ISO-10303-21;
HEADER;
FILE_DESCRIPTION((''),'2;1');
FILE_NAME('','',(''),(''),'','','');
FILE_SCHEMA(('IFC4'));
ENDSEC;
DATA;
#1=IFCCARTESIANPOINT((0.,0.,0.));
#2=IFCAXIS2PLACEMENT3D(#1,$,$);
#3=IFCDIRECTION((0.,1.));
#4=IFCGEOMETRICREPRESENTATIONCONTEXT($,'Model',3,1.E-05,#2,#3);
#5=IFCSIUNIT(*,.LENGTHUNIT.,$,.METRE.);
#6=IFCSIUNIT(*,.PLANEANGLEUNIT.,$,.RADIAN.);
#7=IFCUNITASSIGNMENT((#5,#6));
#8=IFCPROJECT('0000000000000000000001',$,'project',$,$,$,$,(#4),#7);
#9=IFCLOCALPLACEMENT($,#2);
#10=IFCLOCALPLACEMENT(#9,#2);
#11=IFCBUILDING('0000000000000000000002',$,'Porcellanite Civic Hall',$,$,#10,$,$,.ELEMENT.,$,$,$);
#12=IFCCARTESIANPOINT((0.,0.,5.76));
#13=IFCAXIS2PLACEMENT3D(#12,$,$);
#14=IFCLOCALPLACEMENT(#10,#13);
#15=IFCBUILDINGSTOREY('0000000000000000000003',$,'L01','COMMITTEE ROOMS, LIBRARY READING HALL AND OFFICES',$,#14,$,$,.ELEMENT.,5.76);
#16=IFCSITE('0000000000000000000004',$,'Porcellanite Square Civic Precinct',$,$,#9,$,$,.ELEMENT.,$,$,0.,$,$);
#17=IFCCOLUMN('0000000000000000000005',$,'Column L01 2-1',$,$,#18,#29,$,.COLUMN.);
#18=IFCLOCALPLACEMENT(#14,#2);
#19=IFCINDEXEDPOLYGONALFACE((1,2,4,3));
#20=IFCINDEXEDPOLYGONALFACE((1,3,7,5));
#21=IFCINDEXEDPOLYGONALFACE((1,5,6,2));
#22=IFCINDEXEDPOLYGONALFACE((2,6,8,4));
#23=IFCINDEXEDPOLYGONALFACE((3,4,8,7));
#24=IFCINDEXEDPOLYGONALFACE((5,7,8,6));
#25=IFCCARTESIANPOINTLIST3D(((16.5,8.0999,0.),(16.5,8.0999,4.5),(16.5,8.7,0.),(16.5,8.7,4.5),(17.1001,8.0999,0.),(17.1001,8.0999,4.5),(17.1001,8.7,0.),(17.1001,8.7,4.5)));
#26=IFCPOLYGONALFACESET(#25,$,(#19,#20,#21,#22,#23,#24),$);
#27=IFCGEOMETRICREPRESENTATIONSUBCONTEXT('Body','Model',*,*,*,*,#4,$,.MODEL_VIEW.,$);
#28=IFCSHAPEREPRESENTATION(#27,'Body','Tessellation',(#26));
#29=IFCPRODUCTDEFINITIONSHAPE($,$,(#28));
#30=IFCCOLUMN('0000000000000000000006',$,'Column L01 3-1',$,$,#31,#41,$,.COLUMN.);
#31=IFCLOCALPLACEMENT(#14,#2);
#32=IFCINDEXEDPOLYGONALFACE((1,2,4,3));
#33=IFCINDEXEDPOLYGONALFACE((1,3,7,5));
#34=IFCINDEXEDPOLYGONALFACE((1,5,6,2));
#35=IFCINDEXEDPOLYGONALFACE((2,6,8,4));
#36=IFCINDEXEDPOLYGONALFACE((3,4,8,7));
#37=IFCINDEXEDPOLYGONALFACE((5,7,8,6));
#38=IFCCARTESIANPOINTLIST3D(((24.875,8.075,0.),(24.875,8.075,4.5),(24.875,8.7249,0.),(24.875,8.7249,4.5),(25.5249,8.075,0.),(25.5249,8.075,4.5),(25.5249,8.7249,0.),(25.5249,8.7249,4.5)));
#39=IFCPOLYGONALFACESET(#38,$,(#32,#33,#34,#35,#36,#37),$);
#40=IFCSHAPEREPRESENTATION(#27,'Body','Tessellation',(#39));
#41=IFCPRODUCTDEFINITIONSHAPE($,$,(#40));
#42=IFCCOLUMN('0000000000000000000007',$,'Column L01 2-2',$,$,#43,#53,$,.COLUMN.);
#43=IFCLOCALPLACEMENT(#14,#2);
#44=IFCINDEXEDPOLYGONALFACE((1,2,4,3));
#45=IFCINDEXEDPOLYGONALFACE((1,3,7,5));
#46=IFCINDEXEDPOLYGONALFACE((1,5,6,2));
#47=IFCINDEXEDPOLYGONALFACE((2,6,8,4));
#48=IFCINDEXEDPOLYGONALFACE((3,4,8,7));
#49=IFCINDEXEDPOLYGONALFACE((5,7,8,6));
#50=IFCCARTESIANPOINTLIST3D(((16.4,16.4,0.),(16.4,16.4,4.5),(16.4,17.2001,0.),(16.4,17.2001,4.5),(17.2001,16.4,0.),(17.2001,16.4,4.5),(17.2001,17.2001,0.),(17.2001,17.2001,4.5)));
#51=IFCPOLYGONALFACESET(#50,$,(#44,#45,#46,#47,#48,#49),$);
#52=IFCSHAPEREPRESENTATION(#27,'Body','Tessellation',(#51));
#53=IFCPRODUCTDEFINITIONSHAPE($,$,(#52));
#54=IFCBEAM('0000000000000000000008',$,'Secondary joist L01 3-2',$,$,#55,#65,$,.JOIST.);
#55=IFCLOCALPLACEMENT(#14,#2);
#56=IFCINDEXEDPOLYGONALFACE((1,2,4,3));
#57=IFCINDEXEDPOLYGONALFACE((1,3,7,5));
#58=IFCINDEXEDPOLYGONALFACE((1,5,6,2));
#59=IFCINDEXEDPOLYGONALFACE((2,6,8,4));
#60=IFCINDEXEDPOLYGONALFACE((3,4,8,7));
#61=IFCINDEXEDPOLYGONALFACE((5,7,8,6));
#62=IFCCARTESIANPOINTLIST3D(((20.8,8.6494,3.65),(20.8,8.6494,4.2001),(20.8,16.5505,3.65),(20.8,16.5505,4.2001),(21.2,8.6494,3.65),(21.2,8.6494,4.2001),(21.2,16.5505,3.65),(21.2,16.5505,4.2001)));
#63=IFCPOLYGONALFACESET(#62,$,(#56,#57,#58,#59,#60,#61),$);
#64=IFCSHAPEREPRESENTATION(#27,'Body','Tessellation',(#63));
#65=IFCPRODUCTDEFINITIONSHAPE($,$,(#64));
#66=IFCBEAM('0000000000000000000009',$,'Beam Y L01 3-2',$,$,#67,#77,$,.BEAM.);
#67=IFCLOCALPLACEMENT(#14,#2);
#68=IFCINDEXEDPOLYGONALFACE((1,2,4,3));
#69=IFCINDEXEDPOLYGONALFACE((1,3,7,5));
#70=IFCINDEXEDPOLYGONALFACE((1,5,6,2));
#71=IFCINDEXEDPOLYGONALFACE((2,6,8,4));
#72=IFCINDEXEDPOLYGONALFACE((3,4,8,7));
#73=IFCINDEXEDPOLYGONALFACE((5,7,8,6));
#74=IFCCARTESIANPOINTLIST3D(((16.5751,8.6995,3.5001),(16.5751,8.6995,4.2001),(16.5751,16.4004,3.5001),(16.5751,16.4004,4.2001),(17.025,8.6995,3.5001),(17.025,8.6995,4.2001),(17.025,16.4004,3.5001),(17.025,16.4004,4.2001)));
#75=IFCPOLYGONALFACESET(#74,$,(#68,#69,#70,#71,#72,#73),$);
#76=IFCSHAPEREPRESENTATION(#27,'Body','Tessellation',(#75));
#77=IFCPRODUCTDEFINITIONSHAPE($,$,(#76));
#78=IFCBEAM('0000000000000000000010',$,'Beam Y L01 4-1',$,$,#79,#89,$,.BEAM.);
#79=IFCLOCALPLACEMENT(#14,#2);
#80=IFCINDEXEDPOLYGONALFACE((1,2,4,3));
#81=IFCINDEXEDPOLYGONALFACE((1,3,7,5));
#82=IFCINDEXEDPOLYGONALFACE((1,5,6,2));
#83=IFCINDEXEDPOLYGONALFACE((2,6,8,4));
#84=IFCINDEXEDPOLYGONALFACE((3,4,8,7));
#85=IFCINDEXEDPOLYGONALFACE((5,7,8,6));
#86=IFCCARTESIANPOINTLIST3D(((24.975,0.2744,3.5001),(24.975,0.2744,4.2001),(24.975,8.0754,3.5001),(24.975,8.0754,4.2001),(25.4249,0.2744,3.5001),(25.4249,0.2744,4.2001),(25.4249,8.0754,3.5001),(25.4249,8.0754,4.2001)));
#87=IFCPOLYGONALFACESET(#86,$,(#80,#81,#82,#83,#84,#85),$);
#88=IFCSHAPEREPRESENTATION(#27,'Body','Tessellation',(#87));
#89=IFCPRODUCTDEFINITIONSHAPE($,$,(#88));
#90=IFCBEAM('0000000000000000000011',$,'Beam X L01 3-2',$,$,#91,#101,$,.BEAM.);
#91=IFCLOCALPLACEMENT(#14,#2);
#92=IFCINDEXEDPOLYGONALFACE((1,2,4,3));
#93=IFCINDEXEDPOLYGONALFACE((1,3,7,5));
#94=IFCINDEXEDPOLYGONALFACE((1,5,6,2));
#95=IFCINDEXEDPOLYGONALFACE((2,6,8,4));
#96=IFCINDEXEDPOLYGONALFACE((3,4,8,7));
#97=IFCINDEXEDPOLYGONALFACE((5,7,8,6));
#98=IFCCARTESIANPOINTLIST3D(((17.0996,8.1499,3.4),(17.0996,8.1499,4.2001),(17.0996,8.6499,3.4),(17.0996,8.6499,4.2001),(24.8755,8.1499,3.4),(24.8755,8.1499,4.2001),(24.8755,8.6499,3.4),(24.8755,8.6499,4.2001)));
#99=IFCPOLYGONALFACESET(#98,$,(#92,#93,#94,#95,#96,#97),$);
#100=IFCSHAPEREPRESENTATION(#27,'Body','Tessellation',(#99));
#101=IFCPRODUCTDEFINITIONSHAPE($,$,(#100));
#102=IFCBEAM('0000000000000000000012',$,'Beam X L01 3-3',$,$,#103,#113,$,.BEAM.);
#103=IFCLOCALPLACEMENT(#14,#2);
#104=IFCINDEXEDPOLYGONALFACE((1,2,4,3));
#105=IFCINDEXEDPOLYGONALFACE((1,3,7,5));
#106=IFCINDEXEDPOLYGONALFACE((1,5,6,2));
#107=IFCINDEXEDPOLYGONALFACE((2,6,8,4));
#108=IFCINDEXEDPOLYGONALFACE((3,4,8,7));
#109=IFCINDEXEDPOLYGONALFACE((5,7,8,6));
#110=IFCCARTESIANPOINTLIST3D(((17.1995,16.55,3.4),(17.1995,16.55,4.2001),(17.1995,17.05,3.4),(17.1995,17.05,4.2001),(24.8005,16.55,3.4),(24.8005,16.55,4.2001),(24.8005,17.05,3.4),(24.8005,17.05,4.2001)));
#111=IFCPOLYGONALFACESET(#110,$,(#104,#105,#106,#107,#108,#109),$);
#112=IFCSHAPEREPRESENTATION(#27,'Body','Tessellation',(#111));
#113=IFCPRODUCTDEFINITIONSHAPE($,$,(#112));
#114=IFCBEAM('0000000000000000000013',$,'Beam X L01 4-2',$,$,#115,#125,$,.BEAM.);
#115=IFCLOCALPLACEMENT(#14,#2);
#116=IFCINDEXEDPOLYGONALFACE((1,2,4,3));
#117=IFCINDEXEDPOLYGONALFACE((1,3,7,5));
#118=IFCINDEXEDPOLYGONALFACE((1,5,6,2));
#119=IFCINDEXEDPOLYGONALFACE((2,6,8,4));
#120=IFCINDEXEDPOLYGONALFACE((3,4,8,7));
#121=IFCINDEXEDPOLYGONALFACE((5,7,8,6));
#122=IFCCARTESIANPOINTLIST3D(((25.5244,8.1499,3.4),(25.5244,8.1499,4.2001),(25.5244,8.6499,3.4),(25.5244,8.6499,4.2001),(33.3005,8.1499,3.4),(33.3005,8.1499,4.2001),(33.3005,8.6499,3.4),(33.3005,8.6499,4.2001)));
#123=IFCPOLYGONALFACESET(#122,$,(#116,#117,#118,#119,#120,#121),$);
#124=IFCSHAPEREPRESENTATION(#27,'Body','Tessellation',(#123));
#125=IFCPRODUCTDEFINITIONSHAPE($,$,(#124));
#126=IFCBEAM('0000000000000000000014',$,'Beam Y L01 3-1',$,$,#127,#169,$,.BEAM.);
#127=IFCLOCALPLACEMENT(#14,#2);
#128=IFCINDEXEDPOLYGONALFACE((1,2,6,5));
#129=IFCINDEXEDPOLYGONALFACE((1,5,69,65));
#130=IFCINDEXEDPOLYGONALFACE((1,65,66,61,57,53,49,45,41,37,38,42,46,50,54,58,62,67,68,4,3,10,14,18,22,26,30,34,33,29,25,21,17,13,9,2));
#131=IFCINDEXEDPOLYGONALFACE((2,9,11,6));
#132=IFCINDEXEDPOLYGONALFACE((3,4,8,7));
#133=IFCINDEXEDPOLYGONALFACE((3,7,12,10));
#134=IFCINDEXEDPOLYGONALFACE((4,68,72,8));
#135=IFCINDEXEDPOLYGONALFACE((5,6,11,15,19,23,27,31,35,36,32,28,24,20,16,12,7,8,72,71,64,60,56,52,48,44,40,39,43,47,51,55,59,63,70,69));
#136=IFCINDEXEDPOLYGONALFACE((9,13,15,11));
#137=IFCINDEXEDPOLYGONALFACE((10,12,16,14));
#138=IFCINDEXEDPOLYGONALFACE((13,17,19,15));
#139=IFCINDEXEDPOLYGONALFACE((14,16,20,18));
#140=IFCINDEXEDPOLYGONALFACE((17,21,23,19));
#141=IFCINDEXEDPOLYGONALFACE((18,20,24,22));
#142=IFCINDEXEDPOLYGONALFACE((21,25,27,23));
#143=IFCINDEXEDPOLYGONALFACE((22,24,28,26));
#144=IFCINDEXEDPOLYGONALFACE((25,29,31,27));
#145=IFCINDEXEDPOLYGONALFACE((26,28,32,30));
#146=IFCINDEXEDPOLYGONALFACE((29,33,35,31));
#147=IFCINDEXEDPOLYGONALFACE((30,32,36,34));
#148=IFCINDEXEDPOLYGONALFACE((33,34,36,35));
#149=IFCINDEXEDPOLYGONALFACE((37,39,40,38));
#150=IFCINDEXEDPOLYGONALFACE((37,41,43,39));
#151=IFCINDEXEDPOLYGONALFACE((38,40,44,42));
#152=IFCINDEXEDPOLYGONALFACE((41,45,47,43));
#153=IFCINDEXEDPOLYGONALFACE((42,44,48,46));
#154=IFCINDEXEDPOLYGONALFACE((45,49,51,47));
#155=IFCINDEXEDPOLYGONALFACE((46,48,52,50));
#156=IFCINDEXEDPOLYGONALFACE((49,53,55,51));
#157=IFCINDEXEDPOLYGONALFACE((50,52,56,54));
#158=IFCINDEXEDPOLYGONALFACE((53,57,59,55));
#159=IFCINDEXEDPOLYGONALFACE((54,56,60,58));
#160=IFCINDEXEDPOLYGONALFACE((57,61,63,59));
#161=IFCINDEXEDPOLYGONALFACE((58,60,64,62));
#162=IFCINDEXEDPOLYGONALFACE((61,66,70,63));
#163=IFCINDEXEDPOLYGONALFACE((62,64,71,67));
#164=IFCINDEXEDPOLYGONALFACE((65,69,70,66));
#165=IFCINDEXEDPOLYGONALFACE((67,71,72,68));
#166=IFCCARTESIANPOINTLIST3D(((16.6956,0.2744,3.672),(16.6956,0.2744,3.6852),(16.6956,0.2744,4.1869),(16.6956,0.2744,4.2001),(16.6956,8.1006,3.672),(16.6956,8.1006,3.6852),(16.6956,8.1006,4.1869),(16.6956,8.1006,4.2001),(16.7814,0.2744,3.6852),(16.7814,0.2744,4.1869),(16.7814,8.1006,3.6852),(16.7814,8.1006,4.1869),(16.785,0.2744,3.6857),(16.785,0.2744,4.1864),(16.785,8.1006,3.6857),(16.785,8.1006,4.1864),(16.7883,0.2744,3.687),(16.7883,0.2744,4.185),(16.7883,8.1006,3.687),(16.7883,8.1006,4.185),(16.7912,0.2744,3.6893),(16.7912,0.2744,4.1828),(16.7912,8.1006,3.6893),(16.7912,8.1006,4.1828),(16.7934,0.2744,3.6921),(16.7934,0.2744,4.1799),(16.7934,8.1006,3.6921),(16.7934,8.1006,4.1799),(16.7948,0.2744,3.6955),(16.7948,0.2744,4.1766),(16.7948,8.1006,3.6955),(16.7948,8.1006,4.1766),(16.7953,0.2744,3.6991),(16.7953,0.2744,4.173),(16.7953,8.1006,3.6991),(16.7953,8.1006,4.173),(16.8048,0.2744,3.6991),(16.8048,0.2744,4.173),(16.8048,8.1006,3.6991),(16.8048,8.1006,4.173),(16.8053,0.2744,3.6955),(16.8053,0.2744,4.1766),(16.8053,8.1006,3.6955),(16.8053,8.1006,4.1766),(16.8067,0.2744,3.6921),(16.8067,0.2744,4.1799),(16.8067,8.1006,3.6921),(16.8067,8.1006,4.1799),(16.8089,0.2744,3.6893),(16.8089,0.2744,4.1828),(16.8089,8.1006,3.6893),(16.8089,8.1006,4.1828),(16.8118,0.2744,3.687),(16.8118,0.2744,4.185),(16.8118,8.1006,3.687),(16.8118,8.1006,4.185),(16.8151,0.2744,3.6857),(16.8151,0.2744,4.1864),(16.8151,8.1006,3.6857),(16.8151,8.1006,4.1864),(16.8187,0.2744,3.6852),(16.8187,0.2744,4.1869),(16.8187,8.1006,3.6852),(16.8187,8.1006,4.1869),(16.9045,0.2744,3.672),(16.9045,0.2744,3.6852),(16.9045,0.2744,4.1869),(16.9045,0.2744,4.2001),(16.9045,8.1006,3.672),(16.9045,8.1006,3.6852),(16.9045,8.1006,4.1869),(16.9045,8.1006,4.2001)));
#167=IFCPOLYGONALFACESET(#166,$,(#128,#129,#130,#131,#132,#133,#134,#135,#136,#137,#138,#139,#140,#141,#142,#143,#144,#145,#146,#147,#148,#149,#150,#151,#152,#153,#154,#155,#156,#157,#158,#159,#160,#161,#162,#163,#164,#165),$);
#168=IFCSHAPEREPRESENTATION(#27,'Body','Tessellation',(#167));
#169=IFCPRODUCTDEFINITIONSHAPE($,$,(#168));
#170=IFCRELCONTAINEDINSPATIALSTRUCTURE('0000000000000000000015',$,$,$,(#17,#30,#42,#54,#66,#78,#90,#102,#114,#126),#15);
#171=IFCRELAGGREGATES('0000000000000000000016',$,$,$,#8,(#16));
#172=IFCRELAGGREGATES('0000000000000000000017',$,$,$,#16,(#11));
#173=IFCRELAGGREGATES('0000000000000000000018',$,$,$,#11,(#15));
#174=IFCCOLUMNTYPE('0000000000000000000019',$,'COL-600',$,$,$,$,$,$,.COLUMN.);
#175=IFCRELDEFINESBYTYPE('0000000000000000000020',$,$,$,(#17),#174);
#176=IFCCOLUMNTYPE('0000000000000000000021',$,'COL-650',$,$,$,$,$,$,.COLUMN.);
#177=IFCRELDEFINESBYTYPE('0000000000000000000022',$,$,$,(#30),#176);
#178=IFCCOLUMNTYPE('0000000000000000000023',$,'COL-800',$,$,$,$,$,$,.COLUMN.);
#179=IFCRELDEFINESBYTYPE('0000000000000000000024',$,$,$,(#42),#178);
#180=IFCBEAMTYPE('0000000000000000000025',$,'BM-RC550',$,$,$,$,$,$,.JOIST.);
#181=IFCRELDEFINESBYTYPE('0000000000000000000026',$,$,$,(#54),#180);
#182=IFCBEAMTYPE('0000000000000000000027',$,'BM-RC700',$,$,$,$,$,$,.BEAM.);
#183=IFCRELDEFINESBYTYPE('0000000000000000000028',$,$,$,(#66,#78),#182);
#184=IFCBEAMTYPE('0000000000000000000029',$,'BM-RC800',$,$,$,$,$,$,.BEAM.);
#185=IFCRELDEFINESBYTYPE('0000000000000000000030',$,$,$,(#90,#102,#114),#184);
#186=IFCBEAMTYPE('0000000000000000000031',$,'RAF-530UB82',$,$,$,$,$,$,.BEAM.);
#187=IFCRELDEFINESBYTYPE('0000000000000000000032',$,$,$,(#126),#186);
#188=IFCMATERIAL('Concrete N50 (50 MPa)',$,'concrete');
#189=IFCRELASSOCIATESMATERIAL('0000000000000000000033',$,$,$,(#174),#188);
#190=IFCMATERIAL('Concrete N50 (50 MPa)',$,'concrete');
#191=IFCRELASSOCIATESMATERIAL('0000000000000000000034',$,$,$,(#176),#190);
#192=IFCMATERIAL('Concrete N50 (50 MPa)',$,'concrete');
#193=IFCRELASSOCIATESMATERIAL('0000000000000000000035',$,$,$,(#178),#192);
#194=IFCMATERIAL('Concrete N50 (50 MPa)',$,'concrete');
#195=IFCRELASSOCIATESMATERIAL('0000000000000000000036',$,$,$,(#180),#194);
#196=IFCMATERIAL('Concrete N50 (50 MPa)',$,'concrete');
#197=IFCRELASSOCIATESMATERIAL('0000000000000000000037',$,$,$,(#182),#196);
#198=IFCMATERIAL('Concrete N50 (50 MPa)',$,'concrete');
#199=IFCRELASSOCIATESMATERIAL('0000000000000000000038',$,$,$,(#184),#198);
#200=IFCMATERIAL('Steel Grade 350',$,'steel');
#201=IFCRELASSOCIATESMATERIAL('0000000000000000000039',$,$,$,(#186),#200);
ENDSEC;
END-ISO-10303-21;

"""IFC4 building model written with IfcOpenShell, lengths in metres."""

from ifc_helpers import new_model, si_unit, direction, frame, origin, origin_2d, place, context, subcontext, project, spatial, rectangle, i_section, extrude, material, material_profile, profile_set, type_object, element, save


model = new_model("IFC4")

# Units and contexts
model_context = context("Model", 3, precision=1e-05, world=origin(), true_north=direction((0.0, 1.0)))
body_context = subcontext(model_context, "Body", "Model", "MODEL_VIEW")
ifc_project = project(units=[si_unit("LENGTHUNIT", "METRE"), si_unit("PLANEANGLEUNIT", "RADIAN")], contexts=[model_context])

# Site, building, storey
site_placement = place(None, origin())
site = spatial("IfcSite", under=ifc_project, at=site_placement, Name="Porcellanite Square Civic Precinct", CompositionType="ELEMENT", RefElevation=0.0)
building_placement = place(site_placement, origin())
building = spatial("IfcBuilding", under=site, at=building_placement, Name="Porcellanite Civic Hall", CompositionType="ELEMENT")
storey_placement = place(building_placement, frame((0.0, 0.0, 5.76)))
storey = spatial("IfcBuildingStorey", under=building, at=storey_placement, Name="L01", Description="COMMITTEE ROOMS, LIBRARY READING HALL AND OFFICES", CompositionType="ELEMENT", Elevation=5.76)

# Columns
ifc_material_1 = material(Name="Concrete N50 (50 MPa)", Category="concrete")
ifc_material_profile_1 = material_profile(ifc_material_1, rectangle(XDim=0.6001, YDim=0.6001, at=origin_2d()), Name="RC-600x600")
ifc_profile_set_1 = profile_set([ifc_material_profile_1], Name="Concrete N50 (50 MPa)")
column_type_1 = type_object("IfcColumnType", Name="COL-600", PredefinedType="COLUMN", material=ifc_profile_set_1)
column_1_placement = place(storey_placement, frame((16.8, 8.3999, 0.0), z_axis=(0.0, 0.0, 1.0), x_axis=(1.0, 0.0, 0.0)))
element("IfcColumn", 1, at=column_1_placement, inside=storey, type_object=column_type_1, Name="Column L01 2-1", PredefinedType="COLUMN", context=body_context, shape_type="SweptSolid", body=[
    extrude(rectangle(XDim=0.6001, YDim=0.6001, at=origin_2d()), origin(), (0.0, 0.0, 1.0), 4.5),
])
ifc_material_2 = material(Name="Concrete N50 (50 MPa)", Category="concrete")
ifc_material_profile_2 = material_profile(ifc_material_2, rectangle(XDim=0.6499, YDim=0.6499, at=origin_2d()), Name="RC-650x650")
ifc_profile_set_2 = profile_set([ifc_material_profile_2], Name="Concrete N50 (50 MPa)")
column_type_2 = type_object("IfcColumnType", Name="COL-650", PredefinedType="COLUMN", material=ifc_profile_set_2)
column_2_placement = place(storey_placement, frame((25.2, 8.3999, 0.0), z_axis=(0.0, 0.0, 1.0), x_axis=(1.0, 0.0, 0.0)))
element("IfcColumn", 2, at=column_2_placement, inside=storey, type_object=column_type_2, Name="Column L01 3-1", PredefinedType="COLUMN", context=body_context, shape_type="SweptSolid", body=[
    extrude(rectangle(XDim=0.6499, YDim=0.6499, at=origin_2d()), origin(), (0.0, 0.0, 1.0), 4.5),
])
ifc_material_3 = material(Name="Concrete N50 (50 MPa)", Category="concrete")
ifc_material_profile_3 = material_profile(ifc_material_3, rectangle(XDim=0.8, YDim=0.8, at=origin_2d()), Name="RC-800x800")
ifc_profile_set_3 = profile_set([ifc_material_profile_3], Name="Concrete N50 (50 MPa)")
column_type_3 = type_object("IfcColumnType", Name="COL-800", PredefinedType="COLUMN", material=ifc_profile_set_3)
column_3_placement = place(storey_placement, frame((16.8, 16.8, 0.0), z_axis=(0.0, 0.0, 1.0), x_axis=(1.0, 0.0, 0.0)))
element("IfcColumn", 3, at=column_3_placement, inside=storey, type_object=column_type_3, Name="Column L01 2-2", PredefinedType="COLUMN", context=body_context, shape_type="SweptSolid", body=[
    extrude(rectangle(XDim=0.8, YDim=0.8, at=origin_2d()), origin(), (0.0, 0.0, 1.0), 4.5),
])

# Beams
ifc_material_4 = material(Name="Concrete N50 (50 MPa)", Category="concrete")
ifc_material_profile_4 = material_profile(ifc_material_4, rectangle(XDim=0.3999, YDim=0.55, at=origin_2d()), Name="RC-400x550")
ifc_profile_set_4 = profile_set([ifc_material_profile_4], Name="Concrete N50 (50 MPa)")
beam_type_1 = type_object("IfcBeamType", Name="BM-RC550", PredefinedType="JOIST", material=ifc_profile_set_4)
beam_1_placement = place(storey_placement, frame((21.0, 8.6494, 3.925), z_axis=(0.0, 1.0, 0.0), x_axis=(-1.0, 0.0, 0.0)))
element("IfcBeam", 4, at=beam_1_placement, inside=storey, type_object=beam_type_1, Name="Secondary joist L01 3-2", PredefinedType="JOIST", context=body_context, shape_type="SweptSolid", body=[
    extrude(rectangle(XDim=0.3999, YDim=0.55, at=origin_2d()), origin(), (0.0, 0.0, 1.0), 7.9011),
])
ifc_material_5 = material(Name="Concrete N50 (50 MPa)", Category="concrete")
ifc_material_profile_5 = material_profile(ifc_material_5, rectangle(XDim=0.45, YDim=0.7, at=origin_2d()), Name="RC-450x700")
ifc_profile_set_5 = profile_set([ifc_material_profile_5], Name="Concrete N50 (50 MPa)")
beam_type_2 = type_object("IfcBeamType", Name="BM-RC700", PredefinedType="BEAM", material=ifc_profile_set_5)
beam_2_placement = place(storey_placement, frame((16.8, 8.6995, 3.8501), z_axis=(0.0, 1.0, 0.0), x_axis=(-1.0, 0.0, 0.0)))
element("IfcBeam", 5, at=beam_2_placement, inside=storey, type_object=beam_type_2, Name="Beam Y L01 3-2", PredefinedType="BEAM", context=body_context, shape_type="SweptSolid", body=[
    extrude(rectangle(XDim=0.45, YDim=0.7, at=origin_2d()), origin(), (0.0, 0.0, 1.0), 7.7009),
])
beam_3_placement = place(storey_placement, frame((25.2, 0.2744, 3.8501), z_axis=(0.0, 1.0, 0.0), x_axis=(-1.0, 0.0, 0.0)))
element("IfcBeam", 6, at=beam_3_placement, inside=storey, type_object=beam_type_2, Name="Beam Y L01 4-1", PredefinedType="BEAM", context=body_context, shape_type="SweptSolid", body=[
    extrude(rectangle(XDim=0.45, YDim=0.7, at=origin_2d()), origin(), (0.0, 0.0, 1.0), 7.801),
])
ifc_material_6 = material(Name="Concrete N50 (50 MPa)", Category="concrete")
ifc_material_profile_6 = material_profile(ifc_material_6, rectangle(XDim=0.5, YDim=0.8, at=origin_2d()), Name="RC-500x800")
ifc_profile_set_6 = profile_set([ifc_material_profile_6], Name="Concrete N50 (50 MPa)")
beam_type_3 = type_object("IfcBeamType", Name="BM-RC800", PredefinedType="BEAM", material=ifc_profile_set_6)
beam_4_placement = place(storey_placement, frame((17.0996, 8.3999, 3.8), z_axis=(1.0, 0.0, 0.0), x_axis=(0.0, 1.0, 0.0)))
element("IfcBeam", 7, at=beam_4_placement, inside=storey, type_object=beam_type_3, Name="Beam X L01 3-2", PredefinedType="BEAM", context=body_context, shape_type="SweptSolid", body=[
    extrude(rectangle(XDim=0.5, YDim=0.8, at=origin_2d()), origin(), (0.0, 0.0, 1.0), 7.7759),
])
beam_5_placement = place(storey_placement, frame((17.1995, 16.8, 3.8), z_axis=(1.0, 0.0, 0.0), x_axis=(0.0, 1.0, 0.0)))
element("IfcBeam", 8, at=beam_5_placement, inside=storey, type_object=beam_type_3, Name="Beam X L01 3-3", PredefinedType="BEAM", context=body_context, shape_type="SweptSolid", body=[
    extrude(rectangle(XDim=0.5, YDim=0.8, at=origin_2d()), origin(), (0.0, 0.0, 1.0), 7.6011),
])
beam_6_placement = place(storey_placement, frame((25.5244, 8.3999, 3.8), z_axis=(1.0, 0.0, 0.0), x_axis=(0.0, 1.0, 0.0)))
element("IfcBeam", 9, at=beam_6_placement, inside=storey, type_object=beam_type_3, Name="Beam X L01 4-2", PredefinedType="BEAM", context=body_context, shape_type="SweptSolid", body=[
    extrude(rectangle(XDim=0.5, YDim=0.8, at=origin_2d()), origin(), (0.0, 0.0, 1.0), 7.7761),
])
ifc_material_7 = material(Name="Steel Grade 350", Category="steel")
ifc_material_profile_7 = material_profile(ifc_material_7, i_section(OverallWidth=0.209, OverallDepth=0.5281, WebThickness=0.0095, FlangeThickness=0.0132, FilletRadius=0.0139, at=origin_2d()), Name="530UB82.0")
ifc_profile_set_7 = profile_set([ifc_material_profile_7], Name="Steel Grade 350")
beam_type_4 = type_object("IfcBeamType", Name="RAF-530UB82", PredefinedType="BEAM", material=ifc_profile_set_7)
beam_7_placement = place(storey_placement, frame((16.8, 0.2744, 3.936), z_axis=(0.0, 1.0, 0.0), x_axis=(-1.0, 0.0, 0.0)))
element("IfcBeam", 10, at=beam_7_placement, inside=storey, type_object=beam_type_4, Name="Beam Y L01 3-1", PredefinedType="BEAM", context=body_context, shape_type="SweptSolid", body=[
    extrude(i_section(OverallWidth=0.209, OverallDepth=0.5281, WebThickness=0.0095, FlangeThickness=0.0132, FilletRadius=0.0139, at=origin_2d()), origin(), (0.0, 0.0, 1.0), 7.8262),
])

save(model, "model.ifc")
